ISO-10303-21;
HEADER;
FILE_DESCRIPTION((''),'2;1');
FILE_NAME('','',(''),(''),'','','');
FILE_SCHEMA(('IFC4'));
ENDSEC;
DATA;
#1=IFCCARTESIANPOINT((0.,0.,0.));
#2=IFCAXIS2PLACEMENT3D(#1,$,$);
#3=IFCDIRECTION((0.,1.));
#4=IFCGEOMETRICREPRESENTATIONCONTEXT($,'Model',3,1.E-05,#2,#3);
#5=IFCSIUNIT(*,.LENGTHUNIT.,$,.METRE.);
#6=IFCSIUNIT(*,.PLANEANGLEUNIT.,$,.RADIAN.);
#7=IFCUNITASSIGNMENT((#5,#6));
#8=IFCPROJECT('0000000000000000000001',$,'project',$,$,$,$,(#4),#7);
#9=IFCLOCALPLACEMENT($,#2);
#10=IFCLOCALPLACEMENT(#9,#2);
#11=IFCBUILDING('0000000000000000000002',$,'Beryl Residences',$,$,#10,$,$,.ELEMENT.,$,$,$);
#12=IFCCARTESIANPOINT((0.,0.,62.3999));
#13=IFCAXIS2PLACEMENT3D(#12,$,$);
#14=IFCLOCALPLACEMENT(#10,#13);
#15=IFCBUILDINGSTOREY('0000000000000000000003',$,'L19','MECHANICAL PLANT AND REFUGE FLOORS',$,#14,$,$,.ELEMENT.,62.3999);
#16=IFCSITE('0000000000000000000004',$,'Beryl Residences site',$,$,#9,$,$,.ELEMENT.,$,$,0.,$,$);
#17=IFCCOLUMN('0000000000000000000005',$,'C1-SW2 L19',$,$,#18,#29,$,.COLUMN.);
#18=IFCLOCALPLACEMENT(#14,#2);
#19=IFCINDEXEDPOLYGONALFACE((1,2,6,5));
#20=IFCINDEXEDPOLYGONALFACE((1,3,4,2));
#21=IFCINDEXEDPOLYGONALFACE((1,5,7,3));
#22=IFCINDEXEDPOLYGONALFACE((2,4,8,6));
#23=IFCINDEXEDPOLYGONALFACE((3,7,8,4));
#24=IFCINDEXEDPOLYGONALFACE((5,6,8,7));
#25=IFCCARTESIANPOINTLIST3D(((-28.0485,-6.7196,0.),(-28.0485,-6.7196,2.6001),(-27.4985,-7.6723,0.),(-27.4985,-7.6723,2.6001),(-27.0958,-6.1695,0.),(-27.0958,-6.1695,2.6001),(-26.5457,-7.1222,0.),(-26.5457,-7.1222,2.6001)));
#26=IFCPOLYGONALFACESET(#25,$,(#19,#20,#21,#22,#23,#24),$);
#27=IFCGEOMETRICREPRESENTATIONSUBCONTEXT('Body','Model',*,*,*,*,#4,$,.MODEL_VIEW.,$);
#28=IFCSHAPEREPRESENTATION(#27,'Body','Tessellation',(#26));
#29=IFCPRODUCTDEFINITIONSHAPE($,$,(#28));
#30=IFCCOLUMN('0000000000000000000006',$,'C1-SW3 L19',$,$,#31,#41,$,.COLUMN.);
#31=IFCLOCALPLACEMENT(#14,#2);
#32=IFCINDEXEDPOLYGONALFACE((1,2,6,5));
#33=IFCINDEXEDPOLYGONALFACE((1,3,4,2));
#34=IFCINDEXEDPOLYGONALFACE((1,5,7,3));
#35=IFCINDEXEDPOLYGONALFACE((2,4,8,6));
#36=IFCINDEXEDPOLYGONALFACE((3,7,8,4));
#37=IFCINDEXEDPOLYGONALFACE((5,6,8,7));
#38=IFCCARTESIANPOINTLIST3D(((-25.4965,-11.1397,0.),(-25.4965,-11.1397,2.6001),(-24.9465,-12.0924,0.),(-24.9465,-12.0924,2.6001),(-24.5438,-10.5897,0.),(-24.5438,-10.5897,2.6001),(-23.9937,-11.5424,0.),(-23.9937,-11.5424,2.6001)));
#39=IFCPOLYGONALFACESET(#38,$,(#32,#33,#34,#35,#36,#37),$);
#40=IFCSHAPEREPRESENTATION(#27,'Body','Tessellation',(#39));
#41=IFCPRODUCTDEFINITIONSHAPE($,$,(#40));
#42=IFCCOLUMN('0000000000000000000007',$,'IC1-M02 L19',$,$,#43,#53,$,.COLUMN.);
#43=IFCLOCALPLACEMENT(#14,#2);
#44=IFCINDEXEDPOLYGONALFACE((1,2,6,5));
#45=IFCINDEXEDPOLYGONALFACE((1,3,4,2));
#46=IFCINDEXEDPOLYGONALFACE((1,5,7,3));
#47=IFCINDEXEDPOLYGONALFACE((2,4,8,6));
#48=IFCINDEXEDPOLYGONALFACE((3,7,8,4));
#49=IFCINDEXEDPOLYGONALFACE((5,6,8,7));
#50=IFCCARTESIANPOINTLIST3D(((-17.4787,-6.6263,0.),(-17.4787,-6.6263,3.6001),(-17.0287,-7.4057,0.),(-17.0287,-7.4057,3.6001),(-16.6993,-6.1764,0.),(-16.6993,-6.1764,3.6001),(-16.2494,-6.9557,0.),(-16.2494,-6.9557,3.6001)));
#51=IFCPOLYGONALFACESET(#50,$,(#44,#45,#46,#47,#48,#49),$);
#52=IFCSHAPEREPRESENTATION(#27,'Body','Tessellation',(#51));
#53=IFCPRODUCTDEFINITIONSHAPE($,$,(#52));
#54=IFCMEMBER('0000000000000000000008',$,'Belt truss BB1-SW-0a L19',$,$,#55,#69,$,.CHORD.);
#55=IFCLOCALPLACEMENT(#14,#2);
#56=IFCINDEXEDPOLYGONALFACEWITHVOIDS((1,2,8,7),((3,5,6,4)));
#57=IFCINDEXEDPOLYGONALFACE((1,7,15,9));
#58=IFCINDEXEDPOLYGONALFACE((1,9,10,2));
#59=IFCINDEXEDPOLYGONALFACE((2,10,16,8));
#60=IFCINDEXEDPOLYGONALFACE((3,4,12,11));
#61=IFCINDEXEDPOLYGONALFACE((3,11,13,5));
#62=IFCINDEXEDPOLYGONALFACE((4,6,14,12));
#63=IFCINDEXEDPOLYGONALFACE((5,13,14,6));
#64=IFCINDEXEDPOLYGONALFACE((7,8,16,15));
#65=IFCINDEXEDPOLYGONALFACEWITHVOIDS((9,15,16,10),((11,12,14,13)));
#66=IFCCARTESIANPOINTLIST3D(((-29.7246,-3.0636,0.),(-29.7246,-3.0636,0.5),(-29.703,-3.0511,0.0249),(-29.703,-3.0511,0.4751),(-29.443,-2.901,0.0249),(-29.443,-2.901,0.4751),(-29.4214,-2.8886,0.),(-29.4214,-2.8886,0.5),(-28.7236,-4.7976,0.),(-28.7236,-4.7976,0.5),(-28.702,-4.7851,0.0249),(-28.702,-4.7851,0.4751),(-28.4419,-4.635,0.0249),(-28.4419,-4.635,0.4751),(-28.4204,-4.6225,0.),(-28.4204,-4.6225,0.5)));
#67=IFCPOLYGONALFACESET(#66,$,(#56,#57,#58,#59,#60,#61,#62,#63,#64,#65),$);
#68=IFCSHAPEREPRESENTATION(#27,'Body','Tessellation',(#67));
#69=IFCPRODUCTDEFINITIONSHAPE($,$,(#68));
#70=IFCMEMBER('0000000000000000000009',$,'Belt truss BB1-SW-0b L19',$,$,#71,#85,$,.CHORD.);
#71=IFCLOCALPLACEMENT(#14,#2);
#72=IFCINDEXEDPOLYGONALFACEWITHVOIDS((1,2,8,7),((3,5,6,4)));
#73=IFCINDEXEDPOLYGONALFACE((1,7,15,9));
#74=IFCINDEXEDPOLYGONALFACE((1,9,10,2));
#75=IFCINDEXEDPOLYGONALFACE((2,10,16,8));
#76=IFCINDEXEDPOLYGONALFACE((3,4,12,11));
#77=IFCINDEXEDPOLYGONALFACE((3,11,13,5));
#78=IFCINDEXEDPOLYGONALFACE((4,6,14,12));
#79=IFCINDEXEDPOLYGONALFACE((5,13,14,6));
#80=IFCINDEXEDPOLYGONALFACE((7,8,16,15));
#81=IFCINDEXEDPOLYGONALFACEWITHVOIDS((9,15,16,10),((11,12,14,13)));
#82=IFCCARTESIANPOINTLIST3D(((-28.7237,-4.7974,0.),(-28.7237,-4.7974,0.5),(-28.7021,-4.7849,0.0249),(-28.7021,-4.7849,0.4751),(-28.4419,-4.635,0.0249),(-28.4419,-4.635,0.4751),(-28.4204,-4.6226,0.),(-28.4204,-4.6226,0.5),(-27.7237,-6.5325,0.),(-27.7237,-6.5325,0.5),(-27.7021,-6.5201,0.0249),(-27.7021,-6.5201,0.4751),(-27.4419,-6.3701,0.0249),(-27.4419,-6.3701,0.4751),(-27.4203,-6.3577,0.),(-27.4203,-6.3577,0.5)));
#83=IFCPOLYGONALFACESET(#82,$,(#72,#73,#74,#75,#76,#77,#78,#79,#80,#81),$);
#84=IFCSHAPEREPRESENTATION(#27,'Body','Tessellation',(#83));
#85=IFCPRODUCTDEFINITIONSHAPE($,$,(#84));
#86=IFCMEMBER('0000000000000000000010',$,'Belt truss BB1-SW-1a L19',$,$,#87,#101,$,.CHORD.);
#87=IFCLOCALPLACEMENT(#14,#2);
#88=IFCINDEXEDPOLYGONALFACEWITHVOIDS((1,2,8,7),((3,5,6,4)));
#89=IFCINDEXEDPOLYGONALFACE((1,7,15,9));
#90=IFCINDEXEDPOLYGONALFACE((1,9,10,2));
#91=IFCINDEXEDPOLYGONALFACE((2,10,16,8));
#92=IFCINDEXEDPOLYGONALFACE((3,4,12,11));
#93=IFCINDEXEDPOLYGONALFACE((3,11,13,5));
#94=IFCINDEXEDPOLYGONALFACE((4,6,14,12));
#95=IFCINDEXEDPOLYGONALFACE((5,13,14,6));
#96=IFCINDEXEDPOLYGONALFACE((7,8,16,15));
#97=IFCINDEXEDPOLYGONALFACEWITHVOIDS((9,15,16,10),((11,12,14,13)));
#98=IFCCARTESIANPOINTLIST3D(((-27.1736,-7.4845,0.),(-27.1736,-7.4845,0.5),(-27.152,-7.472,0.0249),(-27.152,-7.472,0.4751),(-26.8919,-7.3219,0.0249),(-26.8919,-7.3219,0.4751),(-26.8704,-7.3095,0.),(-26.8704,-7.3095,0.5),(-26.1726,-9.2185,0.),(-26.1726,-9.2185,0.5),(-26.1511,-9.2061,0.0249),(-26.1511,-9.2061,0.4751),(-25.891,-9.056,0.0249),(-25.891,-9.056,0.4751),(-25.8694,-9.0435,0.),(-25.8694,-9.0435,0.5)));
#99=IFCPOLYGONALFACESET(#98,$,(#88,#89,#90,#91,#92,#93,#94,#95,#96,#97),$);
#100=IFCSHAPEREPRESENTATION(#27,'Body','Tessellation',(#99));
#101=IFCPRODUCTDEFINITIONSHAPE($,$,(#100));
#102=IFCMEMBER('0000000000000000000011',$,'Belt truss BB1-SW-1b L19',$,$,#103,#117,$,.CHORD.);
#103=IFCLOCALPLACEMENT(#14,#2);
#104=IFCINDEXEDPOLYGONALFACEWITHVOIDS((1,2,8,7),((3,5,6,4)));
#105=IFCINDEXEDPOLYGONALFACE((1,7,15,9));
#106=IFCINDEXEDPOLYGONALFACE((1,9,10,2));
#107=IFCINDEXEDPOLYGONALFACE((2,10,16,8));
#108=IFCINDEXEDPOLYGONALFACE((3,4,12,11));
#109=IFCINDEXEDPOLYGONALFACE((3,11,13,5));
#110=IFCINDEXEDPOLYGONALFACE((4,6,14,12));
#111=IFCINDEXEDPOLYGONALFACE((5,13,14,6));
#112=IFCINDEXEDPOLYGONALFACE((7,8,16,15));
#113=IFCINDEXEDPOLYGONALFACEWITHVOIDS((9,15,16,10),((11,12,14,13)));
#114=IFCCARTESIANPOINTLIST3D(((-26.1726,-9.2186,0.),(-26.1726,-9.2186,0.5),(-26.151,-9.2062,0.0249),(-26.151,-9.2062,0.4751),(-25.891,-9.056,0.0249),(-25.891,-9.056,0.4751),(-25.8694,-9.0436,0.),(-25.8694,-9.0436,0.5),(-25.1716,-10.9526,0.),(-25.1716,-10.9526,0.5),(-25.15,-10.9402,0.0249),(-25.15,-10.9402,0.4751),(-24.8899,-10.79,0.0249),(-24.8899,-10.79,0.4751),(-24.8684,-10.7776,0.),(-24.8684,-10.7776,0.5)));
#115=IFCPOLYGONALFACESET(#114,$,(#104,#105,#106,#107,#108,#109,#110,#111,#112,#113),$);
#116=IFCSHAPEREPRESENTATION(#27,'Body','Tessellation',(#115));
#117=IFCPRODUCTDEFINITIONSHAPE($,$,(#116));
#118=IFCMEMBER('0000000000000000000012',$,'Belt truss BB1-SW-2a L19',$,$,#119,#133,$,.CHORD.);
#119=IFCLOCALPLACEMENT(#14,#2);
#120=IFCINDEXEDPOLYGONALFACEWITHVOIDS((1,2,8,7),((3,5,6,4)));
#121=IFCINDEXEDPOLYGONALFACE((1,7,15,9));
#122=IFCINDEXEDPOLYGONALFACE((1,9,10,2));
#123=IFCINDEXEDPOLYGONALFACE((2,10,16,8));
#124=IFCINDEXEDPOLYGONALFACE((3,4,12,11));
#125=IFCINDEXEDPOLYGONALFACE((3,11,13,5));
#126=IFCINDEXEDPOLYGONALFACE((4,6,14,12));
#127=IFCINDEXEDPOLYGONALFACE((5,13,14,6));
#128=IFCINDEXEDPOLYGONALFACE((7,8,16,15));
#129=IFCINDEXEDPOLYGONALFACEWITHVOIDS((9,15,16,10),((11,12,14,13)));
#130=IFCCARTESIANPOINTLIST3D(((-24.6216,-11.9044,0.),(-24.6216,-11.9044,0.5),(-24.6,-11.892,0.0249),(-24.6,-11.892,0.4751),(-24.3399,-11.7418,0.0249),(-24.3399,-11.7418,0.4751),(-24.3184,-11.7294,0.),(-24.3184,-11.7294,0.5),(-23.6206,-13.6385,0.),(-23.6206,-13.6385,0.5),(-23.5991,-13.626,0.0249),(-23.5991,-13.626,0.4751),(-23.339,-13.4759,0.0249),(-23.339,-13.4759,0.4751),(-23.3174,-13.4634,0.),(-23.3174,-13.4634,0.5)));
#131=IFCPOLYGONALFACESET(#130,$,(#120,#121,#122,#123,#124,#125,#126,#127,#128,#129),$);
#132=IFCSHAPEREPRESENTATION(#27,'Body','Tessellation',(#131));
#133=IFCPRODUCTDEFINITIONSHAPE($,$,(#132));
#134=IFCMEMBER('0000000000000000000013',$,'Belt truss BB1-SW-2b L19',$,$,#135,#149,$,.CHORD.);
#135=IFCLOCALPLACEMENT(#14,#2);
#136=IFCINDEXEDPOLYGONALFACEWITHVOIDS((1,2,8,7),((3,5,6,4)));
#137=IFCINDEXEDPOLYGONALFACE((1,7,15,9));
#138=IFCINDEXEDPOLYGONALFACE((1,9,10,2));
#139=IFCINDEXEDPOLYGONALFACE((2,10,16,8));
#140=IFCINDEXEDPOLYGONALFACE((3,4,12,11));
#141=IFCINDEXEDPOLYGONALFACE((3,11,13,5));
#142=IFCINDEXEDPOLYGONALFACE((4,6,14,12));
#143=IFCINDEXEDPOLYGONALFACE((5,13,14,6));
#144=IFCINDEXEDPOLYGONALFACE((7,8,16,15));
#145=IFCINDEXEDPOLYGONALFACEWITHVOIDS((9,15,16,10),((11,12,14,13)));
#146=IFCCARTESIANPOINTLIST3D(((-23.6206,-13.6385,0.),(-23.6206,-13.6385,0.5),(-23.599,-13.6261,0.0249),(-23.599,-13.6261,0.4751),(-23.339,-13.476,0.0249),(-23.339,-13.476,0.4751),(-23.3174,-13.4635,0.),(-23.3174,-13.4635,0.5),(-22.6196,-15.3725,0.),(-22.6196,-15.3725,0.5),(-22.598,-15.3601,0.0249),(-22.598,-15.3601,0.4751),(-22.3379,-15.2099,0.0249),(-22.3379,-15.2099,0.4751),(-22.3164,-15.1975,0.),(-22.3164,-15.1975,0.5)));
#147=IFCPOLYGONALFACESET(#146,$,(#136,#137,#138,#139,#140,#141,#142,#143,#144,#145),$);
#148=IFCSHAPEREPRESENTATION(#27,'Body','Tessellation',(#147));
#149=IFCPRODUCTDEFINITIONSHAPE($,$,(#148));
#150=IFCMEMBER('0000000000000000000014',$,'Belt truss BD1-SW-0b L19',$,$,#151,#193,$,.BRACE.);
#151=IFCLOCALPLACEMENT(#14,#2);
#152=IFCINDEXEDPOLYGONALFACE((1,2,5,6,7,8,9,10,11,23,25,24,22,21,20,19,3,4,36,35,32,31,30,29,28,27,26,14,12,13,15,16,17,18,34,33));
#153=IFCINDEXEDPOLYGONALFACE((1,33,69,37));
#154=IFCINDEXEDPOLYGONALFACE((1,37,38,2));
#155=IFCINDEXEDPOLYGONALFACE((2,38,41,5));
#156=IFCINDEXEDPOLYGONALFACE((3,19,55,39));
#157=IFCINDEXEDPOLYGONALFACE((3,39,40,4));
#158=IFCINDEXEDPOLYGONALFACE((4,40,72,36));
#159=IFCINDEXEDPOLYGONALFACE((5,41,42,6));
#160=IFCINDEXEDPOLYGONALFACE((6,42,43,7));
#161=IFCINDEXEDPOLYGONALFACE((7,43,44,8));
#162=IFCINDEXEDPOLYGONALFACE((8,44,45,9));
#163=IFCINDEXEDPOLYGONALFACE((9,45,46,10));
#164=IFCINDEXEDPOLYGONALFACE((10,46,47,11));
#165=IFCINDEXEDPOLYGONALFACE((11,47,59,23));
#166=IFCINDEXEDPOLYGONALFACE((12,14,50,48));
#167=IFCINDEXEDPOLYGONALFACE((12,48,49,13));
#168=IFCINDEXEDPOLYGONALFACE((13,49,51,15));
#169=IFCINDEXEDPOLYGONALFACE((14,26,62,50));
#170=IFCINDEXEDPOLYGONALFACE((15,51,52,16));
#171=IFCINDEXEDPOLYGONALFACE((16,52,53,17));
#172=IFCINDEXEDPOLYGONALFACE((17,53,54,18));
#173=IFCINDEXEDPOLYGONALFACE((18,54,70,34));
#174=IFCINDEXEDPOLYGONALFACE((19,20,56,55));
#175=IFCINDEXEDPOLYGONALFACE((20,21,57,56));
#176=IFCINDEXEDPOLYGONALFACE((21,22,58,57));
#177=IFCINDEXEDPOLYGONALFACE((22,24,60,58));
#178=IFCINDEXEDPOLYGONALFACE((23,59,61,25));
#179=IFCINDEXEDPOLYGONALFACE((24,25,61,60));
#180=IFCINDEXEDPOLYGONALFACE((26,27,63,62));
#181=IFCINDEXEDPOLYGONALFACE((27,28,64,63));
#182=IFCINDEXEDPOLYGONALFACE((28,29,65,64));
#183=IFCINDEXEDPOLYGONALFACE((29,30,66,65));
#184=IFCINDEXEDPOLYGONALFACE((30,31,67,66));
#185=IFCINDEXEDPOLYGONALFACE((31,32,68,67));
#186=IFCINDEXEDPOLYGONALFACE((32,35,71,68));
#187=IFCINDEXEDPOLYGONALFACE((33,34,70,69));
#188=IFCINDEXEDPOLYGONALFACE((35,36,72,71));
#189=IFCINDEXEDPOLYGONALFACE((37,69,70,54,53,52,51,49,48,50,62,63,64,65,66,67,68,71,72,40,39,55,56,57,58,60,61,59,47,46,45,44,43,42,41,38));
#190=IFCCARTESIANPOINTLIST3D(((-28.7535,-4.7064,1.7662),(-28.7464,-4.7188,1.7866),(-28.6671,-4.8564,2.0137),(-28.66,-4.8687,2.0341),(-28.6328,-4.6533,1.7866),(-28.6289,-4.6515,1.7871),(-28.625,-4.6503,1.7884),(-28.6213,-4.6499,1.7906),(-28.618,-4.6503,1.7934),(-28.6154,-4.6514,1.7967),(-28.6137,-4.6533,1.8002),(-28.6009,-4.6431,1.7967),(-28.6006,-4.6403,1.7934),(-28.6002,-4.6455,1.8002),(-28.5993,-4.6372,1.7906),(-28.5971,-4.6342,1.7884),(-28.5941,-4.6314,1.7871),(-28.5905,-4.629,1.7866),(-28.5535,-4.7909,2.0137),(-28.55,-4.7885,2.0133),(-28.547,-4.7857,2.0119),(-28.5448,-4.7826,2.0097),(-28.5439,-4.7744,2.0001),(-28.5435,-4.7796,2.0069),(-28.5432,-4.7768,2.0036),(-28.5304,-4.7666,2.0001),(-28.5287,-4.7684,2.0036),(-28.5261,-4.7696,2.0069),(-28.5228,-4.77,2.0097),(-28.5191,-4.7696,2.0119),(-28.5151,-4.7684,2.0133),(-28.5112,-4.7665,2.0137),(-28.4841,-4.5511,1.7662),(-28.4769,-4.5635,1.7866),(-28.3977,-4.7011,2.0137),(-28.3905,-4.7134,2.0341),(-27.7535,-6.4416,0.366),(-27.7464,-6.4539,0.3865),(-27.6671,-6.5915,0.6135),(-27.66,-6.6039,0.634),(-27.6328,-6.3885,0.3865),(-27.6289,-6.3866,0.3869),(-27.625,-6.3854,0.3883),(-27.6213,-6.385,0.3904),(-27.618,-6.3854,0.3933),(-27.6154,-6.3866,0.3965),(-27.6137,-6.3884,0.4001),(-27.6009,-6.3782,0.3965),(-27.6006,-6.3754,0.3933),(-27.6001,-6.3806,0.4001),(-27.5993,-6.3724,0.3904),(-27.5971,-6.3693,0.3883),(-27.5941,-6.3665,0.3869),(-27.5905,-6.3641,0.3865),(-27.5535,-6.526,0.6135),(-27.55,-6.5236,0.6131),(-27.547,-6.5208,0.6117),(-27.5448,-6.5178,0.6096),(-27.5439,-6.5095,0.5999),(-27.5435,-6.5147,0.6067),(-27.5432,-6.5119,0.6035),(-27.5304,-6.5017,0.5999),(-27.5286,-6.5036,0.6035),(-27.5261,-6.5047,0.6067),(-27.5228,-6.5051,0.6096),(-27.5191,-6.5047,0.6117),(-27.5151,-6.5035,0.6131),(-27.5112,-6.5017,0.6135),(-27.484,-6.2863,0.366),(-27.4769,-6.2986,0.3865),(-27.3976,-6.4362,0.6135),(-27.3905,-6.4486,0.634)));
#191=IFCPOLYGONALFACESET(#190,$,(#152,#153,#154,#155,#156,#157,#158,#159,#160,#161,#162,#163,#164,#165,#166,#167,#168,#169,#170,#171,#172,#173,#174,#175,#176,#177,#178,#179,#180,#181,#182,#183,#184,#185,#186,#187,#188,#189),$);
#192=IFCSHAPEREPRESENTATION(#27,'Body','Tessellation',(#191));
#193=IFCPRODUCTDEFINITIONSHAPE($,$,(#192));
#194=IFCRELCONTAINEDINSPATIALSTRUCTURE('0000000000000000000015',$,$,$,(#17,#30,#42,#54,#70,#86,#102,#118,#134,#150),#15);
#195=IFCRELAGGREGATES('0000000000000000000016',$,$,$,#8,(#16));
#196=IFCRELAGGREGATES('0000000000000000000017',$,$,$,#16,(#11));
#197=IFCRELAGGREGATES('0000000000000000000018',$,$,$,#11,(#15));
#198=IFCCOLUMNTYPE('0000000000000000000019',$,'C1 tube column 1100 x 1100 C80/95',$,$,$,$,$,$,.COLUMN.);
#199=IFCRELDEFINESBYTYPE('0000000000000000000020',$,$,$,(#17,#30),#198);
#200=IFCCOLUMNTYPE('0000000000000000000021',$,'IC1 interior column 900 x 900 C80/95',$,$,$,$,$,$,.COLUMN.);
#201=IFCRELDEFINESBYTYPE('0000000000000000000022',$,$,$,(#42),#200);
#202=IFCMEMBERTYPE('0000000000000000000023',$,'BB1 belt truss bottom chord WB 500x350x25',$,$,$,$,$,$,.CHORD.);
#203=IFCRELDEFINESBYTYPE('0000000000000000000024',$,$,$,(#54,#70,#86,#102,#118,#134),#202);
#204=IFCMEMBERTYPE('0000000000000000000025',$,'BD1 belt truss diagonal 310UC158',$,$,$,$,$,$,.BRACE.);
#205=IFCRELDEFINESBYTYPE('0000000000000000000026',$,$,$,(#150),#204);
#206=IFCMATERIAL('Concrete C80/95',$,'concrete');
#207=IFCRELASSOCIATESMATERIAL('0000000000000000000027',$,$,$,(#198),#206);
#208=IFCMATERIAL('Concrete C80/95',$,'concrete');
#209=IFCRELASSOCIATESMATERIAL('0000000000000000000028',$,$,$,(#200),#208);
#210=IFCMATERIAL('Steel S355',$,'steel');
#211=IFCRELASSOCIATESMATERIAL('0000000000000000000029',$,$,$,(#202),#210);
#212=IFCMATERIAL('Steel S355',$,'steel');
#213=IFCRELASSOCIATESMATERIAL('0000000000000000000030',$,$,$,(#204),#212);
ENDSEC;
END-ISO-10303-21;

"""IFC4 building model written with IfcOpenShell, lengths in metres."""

from ifc_helpers import new_model, si_unit, direction, frame, origin, origin_2d, place, context, subcontext, project, spatial, rectangle, hollow_rectangle, i_section, extrude, material, material_profile, profile_set, type_object, element, save


model = new_model("IFC4")

# Units and contexts
model_context = context("Model", 3, precision=1e-05, world=origin(), true_north=direction((0.0, 1.0)))
body_context = subcontext(model_context, "Body", "Model", "MODEL_VIEW")
ifc_project = project(units=[si_unit("LENGTHUNIT", "METRE"), si_unit("PLANEANGLEUNIT", "RADIAN")], contexts=[model_context])

# Site, building, storey
site_placement = place(None, origin())
site = spatial("IfcSite", under=ifc_project, at=site_placement, Name="Beryl Residences site", CompositionType="ELEMENT", RefElevation=0.0)
building_placement = place(site_placement, origin())
building = spatial("IfcBuilding", under=site, at=building_placement, Name="Beryl Residences", CompositionType="ELEMENT")
storey_placement = place(building_placement, frame((0.0, 0.0, 62.3999)))
storey = spatial("IfcBuildingStorey", under=building, at=storey_placement, Name="L19", Description="MECHANICAL PLANT AND REFUGE FLOORS", CompositionType="ELEMENT", Elevation=62.3999)

# Columns
ifc_material_1 = material(Name="Concrete C80/95", Category="concrete")
ifc_material_profile_1 = material_profile(ifc_material_1, rectangle(XDim=1.1001, YDim=1.1001, at=origin_2d()))
ifc_profile_set_1 = profile_set([ifc_material_profile_1], Name="Concrete C80/95")
column_type_1 = type_object("IfcColumnType", Name="C1 tube column 1100 x 1100 C80/95", PredefinedType="COLUMN", material=ifc_profile_set_1)
for number, where, z_axis, x_axis, name in (
    (1, (-27.2971, -6.9209, 0.0), (0.0, 0.0, 1.0), (0.499985, -0.866034, 0.0), "C1-SW2 L19"),
    (2, (-24.7451, -11.3411, 0.0), (0.0, 0.0, 1.0), (0.499985, -0.866034, 0.0), "C1-SW3 L19"),
):
    element("IfcColumn", number, at=place(storey_placement, frame(where, z_axis=z_axis, x_axis=x_axis)), inside=storey, type_object=column_type_1, Name=name, PredefinedType="COLUMN", context=body_context, shape_type="SweptSolid", body=[
        extrude(rectangle(XDim=1.1001, YDim=1.1001, at=origin_2d()), origin(), (0.0, 0.0, 1.0), 2.6001),
    ])
ifc_material_2 = material(Name="Concrete C80/95", Category="concrete")
ifc_material_profile_2 = material_profile(ifc_material_2, rectangle(XDim=0.8999, YDim=0.8999, at=origin_2d()))
ifc_profile_set_2 = profile_set([ifc_material_profile_2], Name="Concrete C80/95")
column_type_2 = type_object("IfcColumnType", Name="IC1 interior column 900 x 900 C80/95", PredefinedType="COLUMN", material=ifc_profile_set_2)
column_placement = place(storey_placement, frame((-16.864, -6.791, 0.0), z_axis=(0.0, 0.0, 1.0), x_axis=(0.499985, -0.866034, 0.0)))
element("IfcColumn", 3, at=column_placement, inside=storey, type_object=column_type_2, Name="IC1-M02 L19", PredefinedType="COLUMN", context=body_context, shape_type="SweptSolid", body=[
    extrude(rectangle(XDim=0.8999, YDim=0.8999, at=origin_2d()), origin(), (0.0, 0.0, 1.0), 3.6001),
])

# Members
ifc_material_3 = material(Name="Steel S355", Category="steel")
ifc_material_profile_3 = material_profile(ifc_material_3, hollow_rectangle(XDim=0.3501, YDim=0.5, WallThickness=0.0249, at=origin_2d()))
ifc_profile_set_3 = profile_set([ifc_material_profile_3], Name="Steel S355")
member_type_1 = type_object("IfcMemberType", Name="BB1 belt truss bottom chord WB 500x350x25", PredefinedType="CHORD", material=ifc_profile_set_3)
member_1_placement = place(storey_placement, frame((-29.573, -2.9761, 0.25), z_axis=(0.499969, -0.866043, 0.0), x_axis=(0.866043, 0.499969, 0.0)))
element("IfcMember", 4, at=member_1_placement, inside=storey, type_object=member_type_1, Name="Belt truss BB1-SW-0a L19", PredefinedType="CHORD", context=body_context, shape_type="SweptSolid", body=[
    extrude(hollow_rectangle(XDim=0.3501, YDim=0.5, WallThickness=0.0249, at=origin_2d()), origin(), (0.0, 0.0, 1.0), 2.0022),
])
member_2_placement = place(storey_placement, frame((-28.572, -4.71, 0.25), z_axis=(0.499339, -0.866407, 0.0), x_axis=(0.866407, 0.499339, 0.0)))
element("IfcMember", 5, at=member_2_placement, inside=storey, type_object=member_type_1, Name="Belt truss BB1-SW-0b L19", PredefinedType="CHORD", context=body_context, shape_type="SweptSolid", body=[
    extrude(hollow_rectangle(XDim=0.3501, YDim=0.5, WallThickness=0.0249, at=origin_2d()), origin(), (0.0, 0.0, 1.0), 2.0027),
])
for number, where, z_axis, x_axis, name in (
    (6, (-27.022, -7.397, 0.25), (0.499916, -0.866074, 0.0), (0.866074, 0.499916, 0.0), "Belt truss BB1-SW-1a L19"),
    (7, (-26.021, -9.1311, 0.25), (0.499969, -0.866043, 0.0), (0.866043, 0.499969, 0.0), "Belt truss BB1-SW-1b L19"),
    (8, (-24.47, -11.8169, 0.25), (0.499916, -0.866074, 0.0), (0.866074, 0.499916, 0.0), "Belt truss BB1-SW-2a L19"),
    (9, (-23.469, -13.551, 0.25), (0.499969, -0.866043, 0.0), (0.866043, 0.499969, 0.0), "Belt truss BB1-SW-2b L19"),
):
    element("IfcMember", number, at=place(storey_placement, frame(where, z_axis=z_axis, x_axis=x_axis)), inside=storey, type_object=member_type_1, Name=name, PredefinedType="CHORD", context=body_context, shape_type="SweptSolid", body=[
        extrude(hollow_rectangle(XDim=0.3501, YDim=0.5, WallThickness=0.0249, at=origin_2d()), origin(), (0.0, 0.0, 1.0), 2.0022),
    ])
ifc_material_4 = material(Name="Steel S355", Category="steel")
ifc_material_profile_4 = material_profile(ifc_material_4, i_section(OverallWidth=0.311, OverallDepth=0.3269, WebThickness=0.0156, FlangeThickness=0.0249, FilletRadius=0.0166, at=origin_2d()))
ifc_profile_set_4 = profile_set([ifc_material_profile_4], Name="Steel S355")
member_type_2 = type_object("IfcMemberType", Name="BD1 belt truss diagonal 310UC158", PredefinedType="BRACE", material=ifc_profile_set_4)
member_3_placement = place(storey_placement, frame((-27.572, -6.4451, 0.5), z_axis=(-0.409238, 0.710072, 0.572993), x_axis=(-0.866407, -0.499339, 0.0)))
element("IfcMember", 10, at=member_3_placement, inside=storey, type_object=member_type_2, Name="Belt truss BD1-SW-0b L19", PredefinedType="BRACE", context=body_context, shape_type="SweptSolid", body=[
    extrude(i_section(OverallWidth=0.311, OverallDepth=0.3269, WebThickness=0.0156, FlangeThickness=0.0249, FilletRadius=0.0166, at=origin_2d()), origin(), (0.0, 0.0, 1.0), 2.4436),
])

save(model, "model.ifc")
